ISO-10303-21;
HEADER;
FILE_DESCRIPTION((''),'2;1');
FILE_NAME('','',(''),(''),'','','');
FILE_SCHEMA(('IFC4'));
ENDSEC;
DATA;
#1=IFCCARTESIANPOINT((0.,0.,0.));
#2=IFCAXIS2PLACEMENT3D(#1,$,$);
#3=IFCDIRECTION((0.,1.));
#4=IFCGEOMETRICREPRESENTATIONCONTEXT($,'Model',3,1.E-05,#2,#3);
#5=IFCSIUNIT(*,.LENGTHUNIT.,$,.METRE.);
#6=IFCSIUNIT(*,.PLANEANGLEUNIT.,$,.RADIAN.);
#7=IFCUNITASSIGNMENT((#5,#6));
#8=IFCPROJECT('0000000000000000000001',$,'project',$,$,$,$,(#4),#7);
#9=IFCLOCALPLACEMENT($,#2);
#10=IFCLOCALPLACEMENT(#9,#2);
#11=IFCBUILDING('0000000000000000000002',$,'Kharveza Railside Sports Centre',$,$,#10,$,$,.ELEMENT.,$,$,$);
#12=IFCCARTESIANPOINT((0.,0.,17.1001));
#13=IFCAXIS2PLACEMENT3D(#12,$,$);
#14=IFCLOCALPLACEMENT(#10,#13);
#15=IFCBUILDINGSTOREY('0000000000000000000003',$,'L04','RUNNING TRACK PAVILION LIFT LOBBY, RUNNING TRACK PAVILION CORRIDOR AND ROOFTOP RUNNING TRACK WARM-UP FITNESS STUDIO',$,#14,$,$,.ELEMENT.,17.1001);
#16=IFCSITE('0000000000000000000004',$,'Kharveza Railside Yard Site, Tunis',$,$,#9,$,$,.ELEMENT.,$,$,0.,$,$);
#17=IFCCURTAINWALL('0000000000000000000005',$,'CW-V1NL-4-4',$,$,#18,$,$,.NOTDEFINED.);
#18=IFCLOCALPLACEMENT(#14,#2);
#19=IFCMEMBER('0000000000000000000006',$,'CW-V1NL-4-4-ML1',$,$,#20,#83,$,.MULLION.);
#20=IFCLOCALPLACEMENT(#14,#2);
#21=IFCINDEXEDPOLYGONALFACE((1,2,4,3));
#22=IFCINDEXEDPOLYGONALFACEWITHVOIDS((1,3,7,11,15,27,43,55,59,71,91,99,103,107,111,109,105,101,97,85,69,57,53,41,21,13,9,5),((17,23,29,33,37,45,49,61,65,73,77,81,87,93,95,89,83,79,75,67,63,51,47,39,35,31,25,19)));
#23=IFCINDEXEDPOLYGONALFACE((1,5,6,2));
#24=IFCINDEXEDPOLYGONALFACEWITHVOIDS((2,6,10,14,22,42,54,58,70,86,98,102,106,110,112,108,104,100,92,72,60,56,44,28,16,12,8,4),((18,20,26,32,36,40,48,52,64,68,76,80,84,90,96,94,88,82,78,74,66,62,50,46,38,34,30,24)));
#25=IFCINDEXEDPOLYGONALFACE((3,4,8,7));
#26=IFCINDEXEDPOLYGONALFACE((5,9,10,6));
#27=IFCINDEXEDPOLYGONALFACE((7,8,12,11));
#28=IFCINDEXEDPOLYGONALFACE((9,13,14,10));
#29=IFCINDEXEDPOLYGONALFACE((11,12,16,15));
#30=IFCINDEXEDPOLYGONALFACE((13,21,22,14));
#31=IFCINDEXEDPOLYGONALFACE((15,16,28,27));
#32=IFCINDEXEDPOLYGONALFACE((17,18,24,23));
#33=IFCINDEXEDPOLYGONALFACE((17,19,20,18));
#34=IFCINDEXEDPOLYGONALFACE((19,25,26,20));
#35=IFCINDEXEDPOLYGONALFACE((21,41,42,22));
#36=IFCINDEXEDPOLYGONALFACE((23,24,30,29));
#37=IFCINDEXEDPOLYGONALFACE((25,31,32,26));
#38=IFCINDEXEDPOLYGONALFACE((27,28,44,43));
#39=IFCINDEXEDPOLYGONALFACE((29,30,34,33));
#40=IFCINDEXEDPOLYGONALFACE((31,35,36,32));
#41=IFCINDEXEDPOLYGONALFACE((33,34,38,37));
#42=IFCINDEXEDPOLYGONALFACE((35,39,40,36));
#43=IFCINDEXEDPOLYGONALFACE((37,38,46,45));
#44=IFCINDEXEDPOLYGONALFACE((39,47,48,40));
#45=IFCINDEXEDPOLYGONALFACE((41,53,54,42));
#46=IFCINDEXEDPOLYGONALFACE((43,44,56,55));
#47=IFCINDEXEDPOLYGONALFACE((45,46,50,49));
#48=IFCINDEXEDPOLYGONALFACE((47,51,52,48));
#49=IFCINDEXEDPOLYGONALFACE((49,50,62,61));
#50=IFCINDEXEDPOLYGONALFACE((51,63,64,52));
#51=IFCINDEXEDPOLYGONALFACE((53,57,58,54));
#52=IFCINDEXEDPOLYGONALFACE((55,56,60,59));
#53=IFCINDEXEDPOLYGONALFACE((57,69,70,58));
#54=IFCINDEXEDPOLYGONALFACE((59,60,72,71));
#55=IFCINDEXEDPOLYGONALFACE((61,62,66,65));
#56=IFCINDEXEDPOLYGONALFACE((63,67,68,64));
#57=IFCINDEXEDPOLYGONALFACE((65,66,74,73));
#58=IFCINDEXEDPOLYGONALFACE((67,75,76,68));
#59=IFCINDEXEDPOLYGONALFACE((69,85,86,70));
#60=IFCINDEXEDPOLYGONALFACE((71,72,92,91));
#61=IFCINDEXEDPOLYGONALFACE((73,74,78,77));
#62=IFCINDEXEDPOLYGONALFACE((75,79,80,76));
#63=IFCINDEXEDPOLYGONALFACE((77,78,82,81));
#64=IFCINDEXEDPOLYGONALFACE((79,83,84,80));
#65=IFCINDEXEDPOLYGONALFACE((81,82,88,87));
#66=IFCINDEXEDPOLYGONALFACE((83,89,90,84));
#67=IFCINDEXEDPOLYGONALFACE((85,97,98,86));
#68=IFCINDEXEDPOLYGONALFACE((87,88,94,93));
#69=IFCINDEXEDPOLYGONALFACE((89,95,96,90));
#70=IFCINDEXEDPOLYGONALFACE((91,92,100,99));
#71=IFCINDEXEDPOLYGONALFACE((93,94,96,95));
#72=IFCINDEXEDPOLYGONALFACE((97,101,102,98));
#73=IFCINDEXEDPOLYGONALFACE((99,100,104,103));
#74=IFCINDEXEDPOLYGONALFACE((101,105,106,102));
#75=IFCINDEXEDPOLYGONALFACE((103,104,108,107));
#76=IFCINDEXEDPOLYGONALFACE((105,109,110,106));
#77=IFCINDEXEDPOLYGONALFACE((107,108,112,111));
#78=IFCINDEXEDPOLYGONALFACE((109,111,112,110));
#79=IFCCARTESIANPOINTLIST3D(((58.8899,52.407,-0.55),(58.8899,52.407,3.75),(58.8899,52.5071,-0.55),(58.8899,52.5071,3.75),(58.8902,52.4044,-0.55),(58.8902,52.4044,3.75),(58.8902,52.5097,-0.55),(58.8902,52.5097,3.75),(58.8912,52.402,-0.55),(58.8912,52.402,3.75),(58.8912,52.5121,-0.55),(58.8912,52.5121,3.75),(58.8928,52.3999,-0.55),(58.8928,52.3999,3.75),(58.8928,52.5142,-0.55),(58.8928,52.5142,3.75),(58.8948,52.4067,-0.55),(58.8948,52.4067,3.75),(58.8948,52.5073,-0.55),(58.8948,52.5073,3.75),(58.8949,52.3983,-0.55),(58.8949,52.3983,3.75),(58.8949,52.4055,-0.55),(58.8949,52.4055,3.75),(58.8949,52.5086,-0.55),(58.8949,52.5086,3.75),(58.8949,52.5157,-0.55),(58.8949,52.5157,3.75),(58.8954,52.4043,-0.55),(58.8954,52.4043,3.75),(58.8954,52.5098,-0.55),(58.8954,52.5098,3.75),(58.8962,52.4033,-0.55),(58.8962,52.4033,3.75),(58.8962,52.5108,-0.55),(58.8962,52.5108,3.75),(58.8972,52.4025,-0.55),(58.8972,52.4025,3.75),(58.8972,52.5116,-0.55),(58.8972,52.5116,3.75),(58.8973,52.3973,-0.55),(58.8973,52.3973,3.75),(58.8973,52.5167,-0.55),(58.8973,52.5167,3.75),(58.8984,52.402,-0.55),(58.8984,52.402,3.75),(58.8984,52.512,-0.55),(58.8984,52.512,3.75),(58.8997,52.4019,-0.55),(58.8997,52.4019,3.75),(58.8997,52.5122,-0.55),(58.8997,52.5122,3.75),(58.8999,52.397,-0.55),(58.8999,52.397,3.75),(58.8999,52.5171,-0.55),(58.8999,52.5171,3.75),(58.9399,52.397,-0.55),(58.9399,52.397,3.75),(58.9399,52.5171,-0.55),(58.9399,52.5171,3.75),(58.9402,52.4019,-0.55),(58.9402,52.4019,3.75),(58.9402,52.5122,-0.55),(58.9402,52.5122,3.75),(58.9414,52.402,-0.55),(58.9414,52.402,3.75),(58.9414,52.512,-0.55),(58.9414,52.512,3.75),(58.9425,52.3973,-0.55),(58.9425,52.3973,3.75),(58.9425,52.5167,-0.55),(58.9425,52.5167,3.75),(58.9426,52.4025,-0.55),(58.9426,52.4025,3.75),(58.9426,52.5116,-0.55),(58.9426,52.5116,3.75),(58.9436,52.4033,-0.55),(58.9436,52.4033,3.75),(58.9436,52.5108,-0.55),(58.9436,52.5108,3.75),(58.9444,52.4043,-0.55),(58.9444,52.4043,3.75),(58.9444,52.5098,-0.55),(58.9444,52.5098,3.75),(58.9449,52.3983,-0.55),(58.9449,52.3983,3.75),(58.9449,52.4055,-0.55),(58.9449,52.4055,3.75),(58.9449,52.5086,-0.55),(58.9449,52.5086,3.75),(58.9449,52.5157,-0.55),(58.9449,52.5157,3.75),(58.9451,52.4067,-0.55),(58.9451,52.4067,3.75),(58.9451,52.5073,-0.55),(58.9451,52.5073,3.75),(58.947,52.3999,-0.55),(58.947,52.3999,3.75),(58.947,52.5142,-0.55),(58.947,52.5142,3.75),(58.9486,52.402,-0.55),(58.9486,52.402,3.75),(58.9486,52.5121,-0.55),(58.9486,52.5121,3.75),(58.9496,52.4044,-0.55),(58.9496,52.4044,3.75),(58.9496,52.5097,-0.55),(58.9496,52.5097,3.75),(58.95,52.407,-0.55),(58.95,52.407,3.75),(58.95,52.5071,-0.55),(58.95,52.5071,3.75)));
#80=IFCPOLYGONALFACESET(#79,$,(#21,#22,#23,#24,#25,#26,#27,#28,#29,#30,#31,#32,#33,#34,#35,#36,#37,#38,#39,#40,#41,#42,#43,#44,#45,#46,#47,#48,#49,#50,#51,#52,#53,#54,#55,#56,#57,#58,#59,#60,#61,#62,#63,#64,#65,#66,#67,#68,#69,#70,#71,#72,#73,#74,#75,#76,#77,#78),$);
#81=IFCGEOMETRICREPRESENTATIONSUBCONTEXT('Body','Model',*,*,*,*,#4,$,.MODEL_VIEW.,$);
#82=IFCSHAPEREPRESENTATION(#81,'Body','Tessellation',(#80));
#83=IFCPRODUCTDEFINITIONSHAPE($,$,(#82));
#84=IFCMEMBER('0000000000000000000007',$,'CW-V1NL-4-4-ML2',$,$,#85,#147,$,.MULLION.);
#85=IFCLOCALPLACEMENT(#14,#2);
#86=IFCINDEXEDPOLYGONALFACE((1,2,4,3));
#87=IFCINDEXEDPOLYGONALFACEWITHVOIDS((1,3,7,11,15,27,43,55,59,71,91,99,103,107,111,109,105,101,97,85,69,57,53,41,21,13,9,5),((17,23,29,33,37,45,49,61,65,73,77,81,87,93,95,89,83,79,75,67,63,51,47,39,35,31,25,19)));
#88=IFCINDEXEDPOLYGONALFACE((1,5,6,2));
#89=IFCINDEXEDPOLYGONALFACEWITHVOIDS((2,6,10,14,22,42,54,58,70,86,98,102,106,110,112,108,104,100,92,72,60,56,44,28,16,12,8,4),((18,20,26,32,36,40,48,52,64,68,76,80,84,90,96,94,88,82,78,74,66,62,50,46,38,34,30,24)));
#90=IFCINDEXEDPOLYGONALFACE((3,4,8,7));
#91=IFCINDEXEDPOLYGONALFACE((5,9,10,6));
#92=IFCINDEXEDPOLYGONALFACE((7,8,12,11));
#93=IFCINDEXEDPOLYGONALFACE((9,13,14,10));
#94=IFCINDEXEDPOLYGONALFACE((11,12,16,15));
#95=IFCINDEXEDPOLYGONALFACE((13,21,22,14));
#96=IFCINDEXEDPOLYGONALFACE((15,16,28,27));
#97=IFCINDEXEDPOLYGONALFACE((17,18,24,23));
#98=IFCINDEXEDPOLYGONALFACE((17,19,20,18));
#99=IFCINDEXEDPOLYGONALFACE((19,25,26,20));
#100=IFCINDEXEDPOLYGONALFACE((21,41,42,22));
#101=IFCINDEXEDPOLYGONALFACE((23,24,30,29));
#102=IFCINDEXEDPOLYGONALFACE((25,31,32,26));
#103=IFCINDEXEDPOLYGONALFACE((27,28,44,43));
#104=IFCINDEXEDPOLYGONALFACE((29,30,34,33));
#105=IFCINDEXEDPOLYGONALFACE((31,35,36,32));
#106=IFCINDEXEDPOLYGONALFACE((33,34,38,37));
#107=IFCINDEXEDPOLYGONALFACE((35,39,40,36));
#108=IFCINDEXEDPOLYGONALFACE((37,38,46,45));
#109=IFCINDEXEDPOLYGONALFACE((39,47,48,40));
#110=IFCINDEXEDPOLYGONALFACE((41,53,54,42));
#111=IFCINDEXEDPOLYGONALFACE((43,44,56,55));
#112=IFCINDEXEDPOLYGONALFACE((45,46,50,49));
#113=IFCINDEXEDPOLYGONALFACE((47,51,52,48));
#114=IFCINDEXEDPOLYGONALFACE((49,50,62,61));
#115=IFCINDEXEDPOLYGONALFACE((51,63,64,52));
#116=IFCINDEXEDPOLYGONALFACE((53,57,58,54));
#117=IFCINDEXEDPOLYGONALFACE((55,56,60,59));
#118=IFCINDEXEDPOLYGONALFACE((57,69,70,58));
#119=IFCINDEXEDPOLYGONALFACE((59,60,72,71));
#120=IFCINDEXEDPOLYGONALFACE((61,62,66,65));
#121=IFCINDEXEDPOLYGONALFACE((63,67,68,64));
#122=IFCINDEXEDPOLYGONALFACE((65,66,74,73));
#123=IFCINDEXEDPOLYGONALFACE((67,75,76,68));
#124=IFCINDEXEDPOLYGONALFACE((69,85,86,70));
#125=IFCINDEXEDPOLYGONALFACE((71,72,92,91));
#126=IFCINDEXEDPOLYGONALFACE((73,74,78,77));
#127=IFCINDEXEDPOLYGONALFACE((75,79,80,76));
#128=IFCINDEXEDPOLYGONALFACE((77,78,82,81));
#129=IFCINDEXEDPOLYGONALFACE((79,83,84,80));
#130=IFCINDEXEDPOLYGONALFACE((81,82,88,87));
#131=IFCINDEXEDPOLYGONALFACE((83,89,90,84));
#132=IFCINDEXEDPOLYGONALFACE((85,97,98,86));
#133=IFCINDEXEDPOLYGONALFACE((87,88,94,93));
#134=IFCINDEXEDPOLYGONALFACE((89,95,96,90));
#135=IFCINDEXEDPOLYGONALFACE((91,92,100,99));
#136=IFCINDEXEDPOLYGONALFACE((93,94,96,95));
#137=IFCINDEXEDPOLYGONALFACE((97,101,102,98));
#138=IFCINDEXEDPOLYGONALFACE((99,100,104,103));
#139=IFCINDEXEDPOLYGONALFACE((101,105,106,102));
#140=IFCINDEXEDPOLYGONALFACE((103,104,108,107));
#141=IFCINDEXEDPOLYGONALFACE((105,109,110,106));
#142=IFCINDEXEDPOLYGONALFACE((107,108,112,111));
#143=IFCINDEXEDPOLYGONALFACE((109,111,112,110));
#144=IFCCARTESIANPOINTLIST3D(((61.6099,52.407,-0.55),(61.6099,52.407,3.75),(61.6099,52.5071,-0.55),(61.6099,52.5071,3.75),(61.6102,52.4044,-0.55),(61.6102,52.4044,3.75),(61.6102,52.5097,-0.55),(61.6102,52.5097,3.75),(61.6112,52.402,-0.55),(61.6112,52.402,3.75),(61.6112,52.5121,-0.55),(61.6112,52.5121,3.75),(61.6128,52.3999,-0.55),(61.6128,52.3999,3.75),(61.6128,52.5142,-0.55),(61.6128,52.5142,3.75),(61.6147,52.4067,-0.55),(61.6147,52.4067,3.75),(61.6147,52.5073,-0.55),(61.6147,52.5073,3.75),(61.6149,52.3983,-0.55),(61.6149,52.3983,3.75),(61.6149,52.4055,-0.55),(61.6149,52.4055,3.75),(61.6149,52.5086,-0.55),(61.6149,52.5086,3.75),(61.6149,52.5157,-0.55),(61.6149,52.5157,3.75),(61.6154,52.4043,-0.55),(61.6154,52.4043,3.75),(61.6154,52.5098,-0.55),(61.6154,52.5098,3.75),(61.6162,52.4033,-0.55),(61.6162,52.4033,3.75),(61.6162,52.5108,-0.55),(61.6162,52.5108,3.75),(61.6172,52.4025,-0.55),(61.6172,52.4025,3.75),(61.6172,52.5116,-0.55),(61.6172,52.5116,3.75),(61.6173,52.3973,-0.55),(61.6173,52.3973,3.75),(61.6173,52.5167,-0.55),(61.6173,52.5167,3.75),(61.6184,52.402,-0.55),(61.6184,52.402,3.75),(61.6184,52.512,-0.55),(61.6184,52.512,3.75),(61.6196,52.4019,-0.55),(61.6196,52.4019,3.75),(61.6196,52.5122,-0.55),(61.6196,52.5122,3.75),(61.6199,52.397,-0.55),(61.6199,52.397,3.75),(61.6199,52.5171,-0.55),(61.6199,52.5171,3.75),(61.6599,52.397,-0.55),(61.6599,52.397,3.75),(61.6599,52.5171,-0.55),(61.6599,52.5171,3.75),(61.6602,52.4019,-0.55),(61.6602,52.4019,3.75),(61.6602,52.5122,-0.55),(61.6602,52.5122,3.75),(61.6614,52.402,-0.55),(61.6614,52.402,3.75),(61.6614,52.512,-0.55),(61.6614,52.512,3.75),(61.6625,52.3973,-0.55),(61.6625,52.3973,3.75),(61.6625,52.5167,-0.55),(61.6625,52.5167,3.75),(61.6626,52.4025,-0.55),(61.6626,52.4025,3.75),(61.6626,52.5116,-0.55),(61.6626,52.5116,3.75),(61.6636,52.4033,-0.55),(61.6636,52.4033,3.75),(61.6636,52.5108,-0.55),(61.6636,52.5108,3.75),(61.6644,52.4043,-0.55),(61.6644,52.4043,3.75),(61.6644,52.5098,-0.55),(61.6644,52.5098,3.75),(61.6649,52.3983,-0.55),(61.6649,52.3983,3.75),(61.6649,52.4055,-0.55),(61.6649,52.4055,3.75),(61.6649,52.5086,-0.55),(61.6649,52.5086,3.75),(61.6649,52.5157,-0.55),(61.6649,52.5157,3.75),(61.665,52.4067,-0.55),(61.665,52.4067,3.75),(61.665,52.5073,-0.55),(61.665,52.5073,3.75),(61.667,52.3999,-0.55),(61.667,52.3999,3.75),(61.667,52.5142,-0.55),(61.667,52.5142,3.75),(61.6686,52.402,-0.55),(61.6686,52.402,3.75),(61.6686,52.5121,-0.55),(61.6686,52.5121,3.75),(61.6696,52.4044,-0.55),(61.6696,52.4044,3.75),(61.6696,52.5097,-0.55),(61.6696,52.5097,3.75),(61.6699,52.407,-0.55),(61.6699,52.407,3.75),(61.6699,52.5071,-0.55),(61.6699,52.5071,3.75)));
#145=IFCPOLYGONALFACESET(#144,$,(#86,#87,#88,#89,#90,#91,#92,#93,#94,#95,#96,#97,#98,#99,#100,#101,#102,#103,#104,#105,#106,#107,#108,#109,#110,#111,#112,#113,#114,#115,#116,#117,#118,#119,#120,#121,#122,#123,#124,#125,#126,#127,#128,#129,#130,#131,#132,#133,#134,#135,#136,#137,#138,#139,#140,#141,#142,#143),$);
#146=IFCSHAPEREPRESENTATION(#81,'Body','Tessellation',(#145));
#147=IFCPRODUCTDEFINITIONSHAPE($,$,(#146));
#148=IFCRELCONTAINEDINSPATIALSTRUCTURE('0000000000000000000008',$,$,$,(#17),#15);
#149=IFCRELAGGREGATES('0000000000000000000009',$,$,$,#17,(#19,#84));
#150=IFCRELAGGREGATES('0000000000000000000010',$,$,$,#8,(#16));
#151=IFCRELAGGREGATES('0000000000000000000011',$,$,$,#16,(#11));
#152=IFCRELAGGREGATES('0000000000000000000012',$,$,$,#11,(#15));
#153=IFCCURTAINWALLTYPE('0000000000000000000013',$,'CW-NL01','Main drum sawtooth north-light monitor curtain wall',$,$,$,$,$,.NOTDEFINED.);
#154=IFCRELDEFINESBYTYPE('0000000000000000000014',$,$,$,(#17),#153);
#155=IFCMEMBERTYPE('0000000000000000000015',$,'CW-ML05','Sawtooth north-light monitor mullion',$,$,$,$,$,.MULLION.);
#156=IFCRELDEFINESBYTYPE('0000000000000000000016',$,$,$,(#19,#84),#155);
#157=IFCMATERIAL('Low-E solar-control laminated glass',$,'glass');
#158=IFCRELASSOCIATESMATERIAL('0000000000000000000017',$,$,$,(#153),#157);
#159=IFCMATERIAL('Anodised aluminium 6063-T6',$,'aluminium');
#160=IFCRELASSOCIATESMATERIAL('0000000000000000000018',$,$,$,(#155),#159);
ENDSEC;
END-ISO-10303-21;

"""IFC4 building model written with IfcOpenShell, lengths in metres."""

from ifc_helpers import new_model, si_unit, direction, frame, origin, origin_2d, place, context, subcontext, project, spatial, hollow_rectangle, extrude, material, material_profile, profile_set, type_object, element, aggregate, save


model = new_model("IFC4")

# Units and contexts
model_context = context("Model", 3, precision=1e-05, world=origin(), true_north=direction((0.0, 1.0)))
body_context = subcontext(model_context, "Body", "Model", "MODEL_VIEW")
ifc_project = project(units=[si_unit("LENGTHUNIT", "METRE"), si_unit("PLANEANGLEUNIT", "RADIAN")], contexts=[model_context])

# Site, building, storey
site_placement = place(None, origin())
site = spatial("IfcSite", under=ifc_project, at=site_placement, Name="Kharveza Railside Yard Site, Tunis", CompositionType="ELEMENT", RefElevation=0.0)
building_placement = place(site_placement, origin())
building = spatial("IfcBuilding", under=site, at=building_placement, Name="Kharveza Railside Sports Centre", CompositionType="ELEMENT")
storey_placement = place(building_placement, frame((0.0, 0.0, 17.1001)))
storey = spatial("IfcBuildingStorey", under=building, at=storey_placement, Name="L04", Description="RUNNING TRACK PAVILION LIFT LOBBY, RUNNING TRACK PAVILION CORRIDOR AND ROOFTOP RUNNING TRACK WARM-UP FITNESS STUDIO", CompositionType="ELEMENT", Elevation=17.1001)

# Curtain wall, members
ifc_material_1 = material(Name="Low-E solar-control laminated glass", Category="glass")
curtain_wall_type = type_object("IfcCurtainWallType", Name="CW-NL01", Description="Main drum sawtooth north-light monitor curtain wall", PredefinedType="NOTDEFINED", material=ifc_material_1)
curtain_wall_1_placement = place(storey_placement, origin())
curtain_wall_1 = element("IfcCurtainWall", 1, at=curtain_wall_1_placement, inside=storey, type_object=curtain_wall_type, Name="CW-V1NL-4-4", PredefinedType="NOTDEFINED")
ifc_material_2 = material(Name="Anodised aluminium 6063-T6", Category="aluminium")
ifc_material_profile_1 = material_profile(ifc_material_2, hollow_rectangle(XDim=0.0601, YDim=0.1201, WallThickness=0.0049, InnerFilletRadius=0.0049, OuterFilletRadius=0.01, at=origin_2d()), Name="RHS 60x120x5.0")
ifc_profile_set_1 = profile_set([ifc_material_profile_1], Name="Anodised aluminium 6063-T6")
member_type_1 = type_object("IfcMemberType", Name="CW-ML05", Description="Sawtooth north-light monitor mullion", PredefinedType="MULLION", material=ifc_profile_set_1)
member_1_placement = place(storey_placement, frame((58.9199, 52.457, -0.55), z_axis=(0.0, 0.0, 1.0), x_axis=(1.0, 0.0, 0.0)))
member_1 = element("IfcMember", 2, at=member_1_placement, type_object=member_type_1, Name="CW-V1NL-4-4-ML1", PredefinedType="MULLION", context=body_context, shape_type="SweptSolid", body=[
    extrude(hollow_rectangle(XDim=0.0601, YDim=0.1201, WallThickness=0.0049, InnerFilletRadius=0.0049, OuterFilletRadius=0.01, at=origin_2d()), origin(), (0.0, 0.0, 1.0), 4.3),
])
member_2_placement = place(storey_placement, frame((61.6399, 52.457, -0.55), z_axis=(0.0, 0.0, 1.0), x_axis=(1.0, 0.0, 0.0)))
member_2 = element("IfcMember", 3, at=member_2_placement, type_object=member_type_1, Name="CW-V1NL-4-4-ML2", PredefinedType="MULLION", context=body_context, shape_type="SweptSolid", body=[
    extrude(hollow_rectangle(XDim=0.0601, YDim=0.1201, WallThickness=0.0049, InnerFilletRadius=0.0049, OuterFilletRadius=0.01, at=origin_2d()), origin(), (0.0, 0.0, 1.0), 4.3),
])

aggregate(curtain_wall_1, [member_1, member_2])

save(model, "model.ifc")
